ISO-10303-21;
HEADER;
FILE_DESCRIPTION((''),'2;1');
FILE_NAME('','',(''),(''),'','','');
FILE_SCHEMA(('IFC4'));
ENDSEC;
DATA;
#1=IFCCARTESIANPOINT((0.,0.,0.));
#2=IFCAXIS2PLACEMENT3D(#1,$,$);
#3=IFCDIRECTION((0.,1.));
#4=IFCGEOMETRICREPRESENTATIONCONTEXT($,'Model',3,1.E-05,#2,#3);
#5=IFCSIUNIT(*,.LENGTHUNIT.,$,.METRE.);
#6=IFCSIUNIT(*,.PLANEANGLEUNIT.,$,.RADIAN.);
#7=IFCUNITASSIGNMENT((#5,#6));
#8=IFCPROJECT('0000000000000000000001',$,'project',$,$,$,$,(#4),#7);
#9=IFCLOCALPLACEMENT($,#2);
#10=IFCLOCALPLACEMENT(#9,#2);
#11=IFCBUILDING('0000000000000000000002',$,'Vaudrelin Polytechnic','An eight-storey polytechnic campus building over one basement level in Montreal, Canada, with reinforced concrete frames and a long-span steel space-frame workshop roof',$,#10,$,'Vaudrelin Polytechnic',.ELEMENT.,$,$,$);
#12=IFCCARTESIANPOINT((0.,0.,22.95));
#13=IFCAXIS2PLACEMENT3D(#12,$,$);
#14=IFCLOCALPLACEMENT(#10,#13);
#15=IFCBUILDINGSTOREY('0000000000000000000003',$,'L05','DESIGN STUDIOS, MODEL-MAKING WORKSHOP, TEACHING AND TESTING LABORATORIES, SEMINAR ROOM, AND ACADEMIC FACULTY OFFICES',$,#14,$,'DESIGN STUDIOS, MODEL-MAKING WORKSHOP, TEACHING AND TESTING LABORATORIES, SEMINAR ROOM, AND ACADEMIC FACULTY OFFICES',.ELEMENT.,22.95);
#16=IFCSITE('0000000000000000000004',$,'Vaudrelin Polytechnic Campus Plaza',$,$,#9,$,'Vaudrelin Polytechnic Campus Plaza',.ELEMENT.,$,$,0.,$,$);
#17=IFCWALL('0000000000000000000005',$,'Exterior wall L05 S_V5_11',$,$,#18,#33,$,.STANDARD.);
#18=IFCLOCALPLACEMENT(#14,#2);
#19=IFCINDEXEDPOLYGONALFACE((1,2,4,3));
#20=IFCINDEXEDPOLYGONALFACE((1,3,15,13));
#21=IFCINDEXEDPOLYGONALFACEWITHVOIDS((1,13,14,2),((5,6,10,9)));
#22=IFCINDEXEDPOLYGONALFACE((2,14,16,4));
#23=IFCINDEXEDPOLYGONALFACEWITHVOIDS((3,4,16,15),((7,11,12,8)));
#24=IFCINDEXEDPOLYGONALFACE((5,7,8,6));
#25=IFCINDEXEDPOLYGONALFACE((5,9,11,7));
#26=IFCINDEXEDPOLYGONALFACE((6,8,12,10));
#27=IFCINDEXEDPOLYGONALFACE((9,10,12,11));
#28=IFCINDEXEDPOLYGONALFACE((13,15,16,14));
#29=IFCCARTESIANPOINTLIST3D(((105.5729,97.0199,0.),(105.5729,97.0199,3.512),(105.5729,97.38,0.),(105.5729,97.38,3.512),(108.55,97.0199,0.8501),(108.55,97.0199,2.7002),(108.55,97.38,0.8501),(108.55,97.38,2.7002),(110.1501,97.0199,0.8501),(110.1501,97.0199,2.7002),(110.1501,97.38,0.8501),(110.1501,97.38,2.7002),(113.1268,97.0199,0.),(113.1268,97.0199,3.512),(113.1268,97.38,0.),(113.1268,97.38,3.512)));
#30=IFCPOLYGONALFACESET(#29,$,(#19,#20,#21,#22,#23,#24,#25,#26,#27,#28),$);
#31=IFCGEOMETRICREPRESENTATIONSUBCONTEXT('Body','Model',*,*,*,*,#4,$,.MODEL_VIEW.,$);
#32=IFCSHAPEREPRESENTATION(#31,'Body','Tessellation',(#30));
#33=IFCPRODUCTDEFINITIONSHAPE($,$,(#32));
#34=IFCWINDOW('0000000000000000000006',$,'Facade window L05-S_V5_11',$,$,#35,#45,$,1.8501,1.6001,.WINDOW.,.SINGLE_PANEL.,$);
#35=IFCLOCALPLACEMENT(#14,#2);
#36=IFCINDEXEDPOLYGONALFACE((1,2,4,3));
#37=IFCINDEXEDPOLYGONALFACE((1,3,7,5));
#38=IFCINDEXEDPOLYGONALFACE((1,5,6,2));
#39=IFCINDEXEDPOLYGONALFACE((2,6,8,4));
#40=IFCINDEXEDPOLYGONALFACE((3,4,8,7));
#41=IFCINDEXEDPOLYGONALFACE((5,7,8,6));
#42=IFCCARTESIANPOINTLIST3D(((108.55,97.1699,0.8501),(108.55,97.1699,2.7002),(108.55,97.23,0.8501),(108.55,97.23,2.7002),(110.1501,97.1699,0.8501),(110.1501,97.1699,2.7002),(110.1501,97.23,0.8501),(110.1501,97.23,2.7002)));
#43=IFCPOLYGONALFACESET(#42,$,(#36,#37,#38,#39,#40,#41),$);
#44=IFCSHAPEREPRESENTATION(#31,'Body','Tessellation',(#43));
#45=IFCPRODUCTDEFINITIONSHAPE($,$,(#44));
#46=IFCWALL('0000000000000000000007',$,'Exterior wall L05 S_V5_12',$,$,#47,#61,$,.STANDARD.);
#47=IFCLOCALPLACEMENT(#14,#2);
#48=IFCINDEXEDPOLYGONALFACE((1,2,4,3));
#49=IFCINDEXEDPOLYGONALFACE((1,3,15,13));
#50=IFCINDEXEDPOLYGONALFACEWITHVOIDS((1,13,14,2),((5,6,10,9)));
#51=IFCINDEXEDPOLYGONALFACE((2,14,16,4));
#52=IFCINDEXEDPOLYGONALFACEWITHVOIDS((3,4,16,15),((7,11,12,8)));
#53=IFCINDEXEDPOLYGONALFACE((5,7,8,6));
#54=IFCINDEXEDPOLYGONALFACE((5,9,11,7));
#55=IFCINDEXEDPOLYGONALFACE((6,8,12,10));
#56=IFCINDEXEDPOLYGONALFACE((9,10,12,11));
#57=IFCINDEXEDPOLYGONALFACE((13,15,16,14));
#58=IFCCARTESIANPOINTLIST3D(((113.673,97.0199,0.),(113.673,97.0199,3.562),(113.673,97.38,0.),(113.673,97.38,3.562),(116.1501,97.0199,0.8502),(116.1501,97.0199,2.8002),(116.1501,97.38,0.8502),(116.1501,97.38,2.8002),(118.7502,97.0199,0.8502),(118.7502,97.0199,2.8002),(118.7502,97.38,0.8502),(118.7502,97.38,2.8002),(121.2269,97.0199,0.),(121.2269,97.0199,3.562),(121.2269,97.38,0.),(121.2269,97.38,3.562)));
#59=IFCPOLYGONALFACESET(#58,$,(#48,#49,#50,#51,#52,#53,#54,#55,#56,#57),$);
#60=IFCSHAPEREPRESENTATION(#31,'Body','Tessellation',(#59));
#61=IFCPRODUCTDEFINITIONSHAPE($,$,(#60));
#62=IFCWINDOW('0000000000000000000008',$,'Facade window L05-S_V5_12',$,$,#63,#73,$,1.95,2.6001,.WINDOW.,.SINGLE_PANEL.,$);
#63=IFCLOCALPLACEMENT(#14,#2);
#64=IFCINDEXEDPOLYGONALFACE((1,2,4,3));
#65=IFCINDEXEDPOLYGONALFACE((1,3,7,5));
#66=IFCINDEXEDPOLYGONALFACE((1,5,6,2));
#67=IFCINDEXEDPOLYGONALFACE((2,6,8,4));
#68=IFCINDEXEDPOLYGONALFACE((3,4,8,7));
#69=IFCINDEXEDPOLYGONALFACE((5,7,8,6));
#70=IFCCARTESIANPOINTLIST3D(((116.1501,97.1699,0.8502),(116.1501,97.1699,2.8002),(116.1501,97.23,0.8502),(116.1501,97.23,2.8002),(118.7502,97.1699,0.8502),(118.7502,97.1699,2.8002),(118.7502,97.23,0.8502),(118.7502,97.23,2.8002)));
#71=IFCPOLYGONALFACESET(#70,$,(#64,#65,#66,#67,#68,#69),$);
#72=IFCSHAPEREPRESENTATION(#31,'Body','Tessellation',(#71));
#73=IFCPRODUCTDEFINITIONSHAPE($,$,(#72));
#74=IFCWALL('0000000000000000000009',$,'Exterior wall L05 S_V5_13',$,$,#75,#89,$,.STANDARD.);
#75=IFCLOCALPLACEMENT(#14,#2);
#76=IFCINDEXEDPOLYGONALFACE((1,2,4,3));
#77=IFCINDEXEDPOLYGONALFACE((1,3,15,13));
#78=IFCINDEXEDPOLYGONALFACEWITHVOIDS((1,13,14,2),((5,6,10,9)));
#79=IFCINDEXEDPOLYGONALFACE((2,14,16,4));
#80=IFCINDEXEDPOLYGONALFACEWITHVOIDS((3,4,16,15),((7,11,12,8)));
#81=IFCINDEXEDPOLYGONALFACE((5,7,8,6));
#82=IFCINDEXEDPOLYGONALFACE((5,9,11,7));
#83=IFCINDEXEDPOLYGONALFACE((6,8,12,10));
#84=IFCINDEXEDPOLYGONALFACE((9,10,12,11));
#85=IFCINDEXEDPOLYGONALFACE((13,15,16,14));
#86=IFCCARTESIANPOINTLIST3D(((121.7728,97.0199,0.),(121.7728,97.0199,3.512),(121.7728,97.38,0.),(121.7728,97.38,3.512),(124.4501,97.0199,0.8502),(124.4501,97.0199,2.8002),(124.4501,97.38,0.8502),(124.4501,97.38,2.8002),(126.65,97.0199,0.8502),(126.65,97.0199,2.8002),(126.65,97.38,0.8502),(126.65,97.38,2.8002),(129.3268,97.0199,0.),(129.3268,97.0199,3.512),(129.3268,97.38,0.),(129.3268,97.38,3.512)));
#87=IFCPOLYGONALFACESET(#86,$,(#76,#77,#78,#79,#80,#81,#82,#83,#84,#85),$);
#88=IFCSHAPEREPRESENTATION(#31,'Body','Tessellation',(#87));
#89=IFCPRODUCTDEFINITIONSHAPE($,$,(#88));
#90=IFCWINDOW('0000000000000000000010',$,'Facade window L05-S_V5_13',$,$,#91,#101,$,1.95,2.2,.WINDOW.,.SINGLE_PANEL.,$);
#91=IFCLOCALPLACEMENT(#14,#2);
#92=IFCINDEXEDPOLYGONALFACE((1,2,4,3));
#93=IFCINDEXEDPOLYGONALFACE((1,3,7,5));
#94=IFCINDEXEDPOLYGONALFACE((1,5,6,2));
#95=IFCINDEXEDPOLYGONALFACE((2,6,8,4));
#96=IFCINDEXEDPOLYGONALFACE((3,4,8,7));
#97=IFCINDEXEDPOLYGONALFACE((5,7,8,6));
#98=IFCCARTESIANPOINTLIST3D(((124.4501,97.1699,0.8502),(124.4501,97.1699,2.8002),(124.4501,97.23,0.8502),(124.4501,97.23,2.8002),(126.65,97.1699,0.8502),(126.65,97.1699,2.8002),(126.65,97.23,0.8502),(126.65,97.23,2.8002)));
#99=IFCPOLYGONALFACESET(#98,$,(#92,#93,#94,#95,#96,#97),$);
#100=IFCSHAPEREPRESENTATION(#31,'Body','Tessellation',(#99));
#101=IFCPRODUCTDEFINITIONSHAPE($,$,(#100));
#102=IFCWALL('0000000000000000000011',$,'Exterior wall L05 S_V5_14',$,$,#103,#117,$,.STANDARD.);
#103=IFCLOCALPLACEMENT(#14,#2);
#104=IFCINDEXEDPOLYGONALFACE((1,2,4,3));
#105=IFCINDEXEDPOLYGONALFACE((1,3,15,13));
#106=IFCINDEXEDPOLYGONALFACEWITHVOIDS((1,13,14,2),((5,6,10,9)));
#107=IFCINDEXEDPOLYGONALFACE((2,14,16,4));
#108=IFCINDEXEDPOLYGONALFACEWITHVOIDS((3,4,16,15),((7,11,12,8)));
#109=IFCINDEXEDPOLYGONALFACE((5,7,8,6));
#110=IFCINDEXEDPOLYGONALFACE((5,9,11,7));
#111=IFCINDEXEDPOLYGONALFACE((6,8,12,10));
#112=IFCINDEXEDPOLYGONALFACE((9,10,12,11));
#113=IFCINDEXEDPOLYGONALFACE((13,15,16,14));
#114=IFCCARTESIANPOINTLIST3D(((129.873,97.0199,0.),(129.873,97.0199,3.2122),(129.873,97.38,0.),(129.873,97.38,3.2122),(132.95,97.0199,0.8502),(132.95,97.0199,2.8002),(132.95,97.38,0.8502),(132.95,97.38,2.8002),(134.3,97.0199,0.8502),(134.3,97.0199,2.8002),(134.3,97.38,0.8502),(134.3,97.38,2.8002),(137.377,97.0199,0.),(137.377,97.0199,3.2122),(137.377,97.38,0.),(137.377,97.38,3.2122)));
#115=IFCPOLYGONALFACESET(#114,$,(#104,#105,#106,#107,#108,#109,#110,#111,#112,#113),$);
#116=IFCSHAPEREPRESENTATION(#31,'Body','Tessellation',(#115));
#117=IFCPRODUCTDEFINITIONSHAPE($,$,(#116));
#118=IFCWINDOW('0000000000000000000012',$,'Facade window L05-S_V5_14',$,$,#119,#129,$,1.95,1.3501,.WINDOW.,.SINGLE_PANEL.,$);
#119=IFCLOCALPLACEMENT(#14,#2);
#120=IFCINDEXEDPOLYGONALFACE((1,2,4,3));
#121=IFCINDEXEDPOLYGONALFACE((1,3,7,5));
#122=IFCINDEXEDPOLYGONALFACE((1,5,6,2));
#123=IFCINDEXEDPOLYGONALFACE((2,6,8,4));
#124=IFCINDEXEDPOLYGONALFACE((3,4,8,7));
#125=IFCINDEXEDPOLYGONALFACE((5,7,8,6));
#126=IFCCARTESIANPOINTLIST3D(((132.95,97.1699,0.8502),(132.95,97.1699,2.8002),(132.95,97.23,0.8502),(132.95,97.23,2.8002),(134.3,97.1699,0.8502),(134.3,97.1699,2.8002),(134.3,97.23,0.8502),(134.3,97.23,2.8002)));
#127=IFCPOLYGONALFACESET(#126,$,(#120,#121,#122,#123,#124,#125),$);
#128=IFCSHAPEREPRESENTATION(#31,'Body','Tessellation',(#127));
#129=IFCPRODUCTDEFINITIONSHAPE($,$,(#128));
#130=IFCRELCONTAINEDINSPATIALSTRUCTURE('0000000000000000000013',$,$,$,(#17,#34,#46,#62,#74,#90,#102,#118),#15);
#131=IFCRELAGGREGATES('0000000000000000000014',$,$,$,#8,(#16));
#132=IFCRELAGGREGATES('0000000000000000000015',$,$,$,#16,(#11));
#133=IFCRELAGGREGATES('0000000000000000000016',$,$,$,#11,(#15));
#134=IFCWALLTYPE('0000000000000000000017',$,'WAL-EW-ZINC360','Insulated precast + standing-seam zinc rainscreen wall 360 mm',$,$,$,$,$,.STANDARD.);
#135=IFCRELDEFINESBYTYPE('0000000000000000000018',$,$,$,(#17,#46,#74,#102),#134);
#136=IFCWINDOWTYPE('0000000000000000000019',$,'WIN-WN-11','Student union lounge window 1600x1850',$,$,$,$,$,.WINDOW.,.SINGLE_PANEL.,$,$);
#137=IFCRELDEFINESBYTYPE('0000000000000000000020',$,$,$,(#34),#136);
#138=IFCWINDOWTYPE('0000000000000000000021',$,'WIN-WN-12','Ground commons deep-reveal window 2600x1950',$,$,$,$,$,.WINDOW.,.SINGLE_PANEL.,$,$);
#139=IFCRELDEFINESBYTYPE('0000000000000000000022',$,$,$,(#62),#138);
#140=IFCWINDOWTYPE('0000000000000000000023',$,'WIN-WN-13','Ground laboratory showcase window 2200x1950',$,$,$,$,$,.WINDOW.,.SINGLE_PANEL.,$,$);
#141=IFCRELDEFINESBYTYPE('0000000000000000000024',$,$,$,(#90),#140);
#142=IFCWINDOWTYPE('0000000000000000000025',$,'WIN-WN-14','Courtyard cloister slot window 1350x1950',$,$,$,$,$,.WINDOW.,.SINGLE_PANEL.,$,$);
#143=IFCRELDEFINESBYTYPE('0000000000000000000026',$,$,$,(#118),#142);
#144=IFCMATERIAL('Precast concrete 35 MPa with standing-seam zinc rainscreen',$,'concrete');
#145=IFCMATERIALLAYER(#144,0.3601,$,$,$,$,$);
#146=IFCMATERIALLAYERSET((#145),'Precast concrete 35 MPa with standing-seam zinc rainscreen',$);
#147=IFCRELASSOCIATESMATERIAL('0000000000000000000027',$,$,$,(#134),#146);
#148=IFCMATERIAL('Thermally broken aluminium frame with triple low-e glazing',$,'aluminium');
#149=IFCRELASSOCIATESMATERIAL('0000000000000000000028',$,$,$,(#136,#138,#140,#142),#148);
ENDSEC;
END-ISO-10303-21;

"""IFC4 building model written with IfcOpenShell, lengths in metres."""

from ifc_helpers import new_model, si_unit, direction, frame, frame_2d, origin, place, context, subcontext, project, spatial, rectangle, extrude, material, layer, layer_set, type_object, element, fill, save


model = new_model("IFC4")

# Units and contexts
model_context = context("Model", 3, precision=1e-05, world=origin(), true_north=direction((0.0, 1.0)))
body_context = subcontext(model_context, "Body", "Model", "MODEL_VIEW")
ifc_project = project(units=[si_unit("LENGTHUNIT", "METRE"), si_unit("PLANEANGLEUNIT", "RADIAN")], contexts=[model_context])

# Site, building, storey
site_placement = place(None, origin())
site = spatial("IfcSite", under=ifc_project, at=site_placement, Name="Vaudrelin Polytechnic Campus Plaza", LongName="Vaudrelin Polytechnic Campus Plaza", CompositionType="ELEMENT", RefElevation=0.0)
building_placement = place(site_placement, origin())
building = spatial("IfcBuilding", under=site, at=building_placement, Name="Vaudrelin Polytechnic", Description="An eight-storey polytechnic campus building over one basement level in Montreal, Canada, with reinforced concrete frames and a long-span steel space-frame workshop roof", LongName="Vaudrelin Polytechnic", CompositionType="ELEMENT")
storey_placement = place(building_placement, frame((0.0, 0.0, 22.95)))
storey = spatial("IfcBuildingStorey", under=building, at=storey_placement, Name="L05", Description="DESIGN STUDIOS, MODEL-MAKING WORKSHOP, TEACHING AND TESTING LABORATORIES, SEMINAR ROOM, AND ACADEMIC FACULTY OFFICES", LongName="DESIGN STUDIOS, MODEL-MAKING WORKSHOP, TEACHING AND TESTING LABORATORIES, SEMINAR ROOM, AND ACADEMIC FACULTY OFFICES", CompositionType="ELEMENT", Elevation=22.95)

# Walls, openings, windows
ifc_material_1 = material(Name="Precast concrete 35 MPa with standing-seam zinc rainscreen", Category="concrete")
ifc_layer = layer(ifc_material_1, 0.3601)
ifc_layer_set = layer_set([ifc_layer], Name="Precast concrete 35 MPa with standing-seam zinc rainscreen")
wall_type = type_object("IfcWallType", Name="WAL-EW-ZINC360", Description="Insulated precast + standing-seam zinc rainscreen wall 360 mm", PredefinedType="STANDARD", material=ifc_layer_set)
wall_1_placement = place(storey_placement, frame((105.573, 97.2, 0.0), z_axis=(0.0, 0.0, 1.0), x_axis=(1.0, 0.0, 0.0)))
wall_1 = element("IfcWall", 1, at=wall_1_placement, inside=storey, type_object=wall_type, Name="Exterior wall L05 S_V5_11", PredefinedType="STANDARD", context=body_context, shape_type="SweptSolid", body=[
    extrude(rectangle(XDim=7.554, YDim=0.3601, at=frame_2d((3.7769, 0.0))), origin(), (0.0, 0.0, 1.0), 3.512),
])
opening_1_placement = place(wall_1_placement, frame((2.9771, 0.0, 0.8501)))
opening_1 = element("IfcOpeningElement", 2, at=opening_1_placement, cuts=wall_1, PredefinedType="OPENING", context=body_context, shape_type="SweptSolid", body=[
    extrude(rectangle(XDim=1.6001, YDim=1.8501, at=frame_2d((0.8, 0.925))), frame((0.0, 0.1899, 0.0), z_axis=(0.0, -1.0, 0.0), x_axis=(1.0, 0.0, 0.0)), (0.0, 0.0, 1.0), 0.3801),
])
ifc_material_2 = material(Name="Thermally broken aluminium frame with triple low-e glazing", Category="aluminium")
window_type_1 = type_object("IfcWindowType", Name="WIN-WN-11", Description="Student union lounge window 1600x1850", PartitioningType="SINGLE_PANEL", PredefinedType="WINDOW", material=ifc_material_2)
window_1_placement = place(opening_1_placement, origin())
window_1 = element("IfcWindow", 3, at=window_1_placement, inside=storey, type_object=window_type_1, Name="Facade window L05-S_V5_11", OverallHeight=1.8501, OverallWidth=1.6001, PartitioningType="SINGLE_PANEL", PredefinedType="WINDOW", context=body_context, shape_type="SweptSolid", body=[
    extrude(rectangle(XDim=1.6001, YDim=1.8501, at=frame_2d((0.8, 0.925))), frame((0.0, 0.03, 0.0), z_axis=(0.0, -1.0, 0.0), x_axis=(1.0, 0.0, 0.0)), (0.0, 0.0, 1.0), 0.0601),
])
fill(opening_1, window_1)
wall_2_placement = place(storey_placement, frame((113.6731, 97.2, 0.0), z_axis=(0.0, 0.0, 1.0), x_axis=(1.0, 0.0, 0.0)))
wall_2 = element("IfcWall", 4, at=wall_2_placement, inside=storey, type_object=wall_type, Name="Exterior wall L05 S_V5_12", PredefinedType="STANDARD", context=body_context, shape_type="SweptSolid", body=[
    extrude(rectangle(XDim=7.554, YDim=0.3601, at=frame_2d((3.7769, 0.0))), origin(), (0.0, 0.0, 1.0), 3.562),
])
opening_2_placement = place(wall_2_placement, frame((2.4771, 0.0, 0.8501)))
opening_2 = element("IfcOpeningElement", 5, at=opening_2_placement, cuts=wall_2, PredefinedType="OPENING", context=body_context, shape_type="SweptSolid", body=[
    extrude(rectangle(XDim=2.6001, YDim=1.95, at=frame_2d((1.3, 0.9751))), frame((0.0, 0.1899, 0.0), z_axis=(0.0, -1.0, 0.0), x_axis=(1.0, 0.0, 0.0)), (0.0, 0.0, 1.0), 0.3801),
])
window_type_2 = type_object("IfcWindowType", Name="WIN-WN-12", Description="Ground commons deep-reveal window 2600x1950", PartitioningType="SINGLE_PANEL", PredefinedType="WINDOW", material=ifc_material_2)
window_2_placement = place(opening_2_placement, origin())
window_2 = element("IfcWindow", 6, at=window_2_placement, inside=storey, type_object=window_type_2, Name="Facade window L05-S_V5_12", OverallHeight=1.95, OverallWidth=2.6001, PartitioningType="SINGLE_PANEL", PredefinedType="WINDOW", context=body_context, shape_type="SweptSolid", body=[
    extrude(rectangle(XDim=2.6001, YDim=1.95, at=frame_2d((1.3, 0.9751))), frame((0.0, 0.03, 0.0), z_axis=(0.0, -1.0, 0.0), x_axis=(1.0, 0.0, 0.0)), (0.0, 0.0, 1.0), 0.0601),
])
fill(opening_2, window_2)
wall_3_placement = place(storey_placement, frame((121.7729, 97.2, 0.0), z_axis=(0.0, 0.0, 1.0), x_axis=(1.0, 0.0, 0.0)))
wall_3 = element("IfcWall", 7, at=wall_3_placement, inside=storey, type_object=wall_type, Name="Exterior wall L05 S_V5_13", PredefinedType="STANDARD", context=body_context, shape_type="SweptSolid", body=[
    extrude(rectangle(XDim=7.554, YDim=0.3601, at=frame_2d((3.7769, 0.0))), origin(), (0.0, 0.0, 1.0), 3.512),
])
opening_3_placement = place(wall_3_placement, frame((2.677, 0.0, 0.8501)))
opening_3 = element("IfcOpeningElement", 8, at=opening_3_placement, cuts=wall_3, PredefinedType="OPENING", context=body_context, shape_type="SweptSolid", body=[
    extrude(rectangle(XDim=2.2, YDim=1.95, at=frame_2d((1.1001, 0.9751))), frame((0.0, 0.1899, 0.0), z_axis=(0.0, -1.0, 0.0), x_axis=(1.0, 0.0, 0.0)), (0.0, 0.0, 1.0), 0.3801),
])
window_type_3 = type_object("IfcWindowType", Name="WIN-WN-13", Description="Ground laboratory showcase window 2200x1950", PartitioningType="SINGLE_PANEL", PredefinedType="WINDOW", material=ifc_material_2)
window_3_placement = place(opening_3_placement, origin())
window_3 = element("IfcWindow", 9, at=window_3_placement, inside=storey, type_object=window_type_3, Name="Facade window L05-S_V5_13", OverallHeight=1.95, OverallWidth=2.2, PartitioningType="SINGLE_PANEL", PredefinedType="WINDOW", context=body_context, shape_type="SweptSolid", body=[
    extrude(rectangle(XDim=2.2, YDim=1.95, at=frame_2d((1.1001, 0.9751))), frame((0.0, 0.03, 0.0), z_axis=(0.0, -1.0, 0.0), x_axis=(1.0, 0.0, 0.0)), (0.0, 0.0, 1.0), 0.0601),
])
fill(opening_3, window_3)
wall_4_placement = place(storey_placement, frame((129.873, 97.2, 0.0), z_axis=(0.0, 0.0, 1.0), x_axis=(1.0, 0.0, 0.0)))
wall_4 = element("IfcWall", 10, at=wall_4_placement, inside=storey, type_object=wall_type, Name="Exterior wall L05 S_V5_14", PredefinedType="STANDARD", context=body_context, shape_type="SweptSolid", body=[
    extrude(rectangle(XDim=7.5039, YDim=0.3601, at=frame_2d((3.752, 0.0))), origin(), (0.0, 0.0, 1.0), 3.2122),
])
opening_4_placement = place(wall_4_placement, frame((3.0769, 0.0, 0.8501)))
opening_4 = element("IfcOpeningElement", 11, at=opening_4_placement, cuts=wall_4, PredefinedType="OPENING", context=body_context, shape_type="SweptSolid", body=[
    extrude(rectangle(XDim=1.3501, YDim=1.95, at=frame_2d((0.675, 0.9751))), frame((0.0, 0.1899, 0.0), z_axis=(0.0, -1.0, 0.0), x_axis=(1.0, 0.0, 0.0)), (0.0, 0.0, 1.0), 0.3801),
])
window_type_4 = type_object("IfcWindowType", Name="WIN-WN-14", Description="Courtyard cloister slot window 1350x1950", PartitioningType="SINGLE_PANEL", PredefinedType="WINDOW", material=ifc_material_2)
window_4_placement = place(opening_4_placement, origin())
window_4 = element("IfcWindow", 12, at=window_4_placement, inside=storey, type_object=window_type_4, Name="Facade window L05-S_V5_14", OverallHeight=1.95, OverallWidth=1.3501, PartitioningType="SINGLE_PANEL", PredefinedType="WINDOW", context=body_context, shape_type="SweptSolid", body=[
    extrude(rectangle(XDim=1.3501, YDim=1.95, at=frame_2d((0.675, 0.9751))), frame((0.0, 0.03, 0.0), z_axis=(0.0, -1.0, 0.0), x_axis=(1.0, 0.0, 0.0)), (0.0, 0.0, 1.0), 0.0601),
])
fill(opening_4, window_4)

save(model, "model.ifc")
